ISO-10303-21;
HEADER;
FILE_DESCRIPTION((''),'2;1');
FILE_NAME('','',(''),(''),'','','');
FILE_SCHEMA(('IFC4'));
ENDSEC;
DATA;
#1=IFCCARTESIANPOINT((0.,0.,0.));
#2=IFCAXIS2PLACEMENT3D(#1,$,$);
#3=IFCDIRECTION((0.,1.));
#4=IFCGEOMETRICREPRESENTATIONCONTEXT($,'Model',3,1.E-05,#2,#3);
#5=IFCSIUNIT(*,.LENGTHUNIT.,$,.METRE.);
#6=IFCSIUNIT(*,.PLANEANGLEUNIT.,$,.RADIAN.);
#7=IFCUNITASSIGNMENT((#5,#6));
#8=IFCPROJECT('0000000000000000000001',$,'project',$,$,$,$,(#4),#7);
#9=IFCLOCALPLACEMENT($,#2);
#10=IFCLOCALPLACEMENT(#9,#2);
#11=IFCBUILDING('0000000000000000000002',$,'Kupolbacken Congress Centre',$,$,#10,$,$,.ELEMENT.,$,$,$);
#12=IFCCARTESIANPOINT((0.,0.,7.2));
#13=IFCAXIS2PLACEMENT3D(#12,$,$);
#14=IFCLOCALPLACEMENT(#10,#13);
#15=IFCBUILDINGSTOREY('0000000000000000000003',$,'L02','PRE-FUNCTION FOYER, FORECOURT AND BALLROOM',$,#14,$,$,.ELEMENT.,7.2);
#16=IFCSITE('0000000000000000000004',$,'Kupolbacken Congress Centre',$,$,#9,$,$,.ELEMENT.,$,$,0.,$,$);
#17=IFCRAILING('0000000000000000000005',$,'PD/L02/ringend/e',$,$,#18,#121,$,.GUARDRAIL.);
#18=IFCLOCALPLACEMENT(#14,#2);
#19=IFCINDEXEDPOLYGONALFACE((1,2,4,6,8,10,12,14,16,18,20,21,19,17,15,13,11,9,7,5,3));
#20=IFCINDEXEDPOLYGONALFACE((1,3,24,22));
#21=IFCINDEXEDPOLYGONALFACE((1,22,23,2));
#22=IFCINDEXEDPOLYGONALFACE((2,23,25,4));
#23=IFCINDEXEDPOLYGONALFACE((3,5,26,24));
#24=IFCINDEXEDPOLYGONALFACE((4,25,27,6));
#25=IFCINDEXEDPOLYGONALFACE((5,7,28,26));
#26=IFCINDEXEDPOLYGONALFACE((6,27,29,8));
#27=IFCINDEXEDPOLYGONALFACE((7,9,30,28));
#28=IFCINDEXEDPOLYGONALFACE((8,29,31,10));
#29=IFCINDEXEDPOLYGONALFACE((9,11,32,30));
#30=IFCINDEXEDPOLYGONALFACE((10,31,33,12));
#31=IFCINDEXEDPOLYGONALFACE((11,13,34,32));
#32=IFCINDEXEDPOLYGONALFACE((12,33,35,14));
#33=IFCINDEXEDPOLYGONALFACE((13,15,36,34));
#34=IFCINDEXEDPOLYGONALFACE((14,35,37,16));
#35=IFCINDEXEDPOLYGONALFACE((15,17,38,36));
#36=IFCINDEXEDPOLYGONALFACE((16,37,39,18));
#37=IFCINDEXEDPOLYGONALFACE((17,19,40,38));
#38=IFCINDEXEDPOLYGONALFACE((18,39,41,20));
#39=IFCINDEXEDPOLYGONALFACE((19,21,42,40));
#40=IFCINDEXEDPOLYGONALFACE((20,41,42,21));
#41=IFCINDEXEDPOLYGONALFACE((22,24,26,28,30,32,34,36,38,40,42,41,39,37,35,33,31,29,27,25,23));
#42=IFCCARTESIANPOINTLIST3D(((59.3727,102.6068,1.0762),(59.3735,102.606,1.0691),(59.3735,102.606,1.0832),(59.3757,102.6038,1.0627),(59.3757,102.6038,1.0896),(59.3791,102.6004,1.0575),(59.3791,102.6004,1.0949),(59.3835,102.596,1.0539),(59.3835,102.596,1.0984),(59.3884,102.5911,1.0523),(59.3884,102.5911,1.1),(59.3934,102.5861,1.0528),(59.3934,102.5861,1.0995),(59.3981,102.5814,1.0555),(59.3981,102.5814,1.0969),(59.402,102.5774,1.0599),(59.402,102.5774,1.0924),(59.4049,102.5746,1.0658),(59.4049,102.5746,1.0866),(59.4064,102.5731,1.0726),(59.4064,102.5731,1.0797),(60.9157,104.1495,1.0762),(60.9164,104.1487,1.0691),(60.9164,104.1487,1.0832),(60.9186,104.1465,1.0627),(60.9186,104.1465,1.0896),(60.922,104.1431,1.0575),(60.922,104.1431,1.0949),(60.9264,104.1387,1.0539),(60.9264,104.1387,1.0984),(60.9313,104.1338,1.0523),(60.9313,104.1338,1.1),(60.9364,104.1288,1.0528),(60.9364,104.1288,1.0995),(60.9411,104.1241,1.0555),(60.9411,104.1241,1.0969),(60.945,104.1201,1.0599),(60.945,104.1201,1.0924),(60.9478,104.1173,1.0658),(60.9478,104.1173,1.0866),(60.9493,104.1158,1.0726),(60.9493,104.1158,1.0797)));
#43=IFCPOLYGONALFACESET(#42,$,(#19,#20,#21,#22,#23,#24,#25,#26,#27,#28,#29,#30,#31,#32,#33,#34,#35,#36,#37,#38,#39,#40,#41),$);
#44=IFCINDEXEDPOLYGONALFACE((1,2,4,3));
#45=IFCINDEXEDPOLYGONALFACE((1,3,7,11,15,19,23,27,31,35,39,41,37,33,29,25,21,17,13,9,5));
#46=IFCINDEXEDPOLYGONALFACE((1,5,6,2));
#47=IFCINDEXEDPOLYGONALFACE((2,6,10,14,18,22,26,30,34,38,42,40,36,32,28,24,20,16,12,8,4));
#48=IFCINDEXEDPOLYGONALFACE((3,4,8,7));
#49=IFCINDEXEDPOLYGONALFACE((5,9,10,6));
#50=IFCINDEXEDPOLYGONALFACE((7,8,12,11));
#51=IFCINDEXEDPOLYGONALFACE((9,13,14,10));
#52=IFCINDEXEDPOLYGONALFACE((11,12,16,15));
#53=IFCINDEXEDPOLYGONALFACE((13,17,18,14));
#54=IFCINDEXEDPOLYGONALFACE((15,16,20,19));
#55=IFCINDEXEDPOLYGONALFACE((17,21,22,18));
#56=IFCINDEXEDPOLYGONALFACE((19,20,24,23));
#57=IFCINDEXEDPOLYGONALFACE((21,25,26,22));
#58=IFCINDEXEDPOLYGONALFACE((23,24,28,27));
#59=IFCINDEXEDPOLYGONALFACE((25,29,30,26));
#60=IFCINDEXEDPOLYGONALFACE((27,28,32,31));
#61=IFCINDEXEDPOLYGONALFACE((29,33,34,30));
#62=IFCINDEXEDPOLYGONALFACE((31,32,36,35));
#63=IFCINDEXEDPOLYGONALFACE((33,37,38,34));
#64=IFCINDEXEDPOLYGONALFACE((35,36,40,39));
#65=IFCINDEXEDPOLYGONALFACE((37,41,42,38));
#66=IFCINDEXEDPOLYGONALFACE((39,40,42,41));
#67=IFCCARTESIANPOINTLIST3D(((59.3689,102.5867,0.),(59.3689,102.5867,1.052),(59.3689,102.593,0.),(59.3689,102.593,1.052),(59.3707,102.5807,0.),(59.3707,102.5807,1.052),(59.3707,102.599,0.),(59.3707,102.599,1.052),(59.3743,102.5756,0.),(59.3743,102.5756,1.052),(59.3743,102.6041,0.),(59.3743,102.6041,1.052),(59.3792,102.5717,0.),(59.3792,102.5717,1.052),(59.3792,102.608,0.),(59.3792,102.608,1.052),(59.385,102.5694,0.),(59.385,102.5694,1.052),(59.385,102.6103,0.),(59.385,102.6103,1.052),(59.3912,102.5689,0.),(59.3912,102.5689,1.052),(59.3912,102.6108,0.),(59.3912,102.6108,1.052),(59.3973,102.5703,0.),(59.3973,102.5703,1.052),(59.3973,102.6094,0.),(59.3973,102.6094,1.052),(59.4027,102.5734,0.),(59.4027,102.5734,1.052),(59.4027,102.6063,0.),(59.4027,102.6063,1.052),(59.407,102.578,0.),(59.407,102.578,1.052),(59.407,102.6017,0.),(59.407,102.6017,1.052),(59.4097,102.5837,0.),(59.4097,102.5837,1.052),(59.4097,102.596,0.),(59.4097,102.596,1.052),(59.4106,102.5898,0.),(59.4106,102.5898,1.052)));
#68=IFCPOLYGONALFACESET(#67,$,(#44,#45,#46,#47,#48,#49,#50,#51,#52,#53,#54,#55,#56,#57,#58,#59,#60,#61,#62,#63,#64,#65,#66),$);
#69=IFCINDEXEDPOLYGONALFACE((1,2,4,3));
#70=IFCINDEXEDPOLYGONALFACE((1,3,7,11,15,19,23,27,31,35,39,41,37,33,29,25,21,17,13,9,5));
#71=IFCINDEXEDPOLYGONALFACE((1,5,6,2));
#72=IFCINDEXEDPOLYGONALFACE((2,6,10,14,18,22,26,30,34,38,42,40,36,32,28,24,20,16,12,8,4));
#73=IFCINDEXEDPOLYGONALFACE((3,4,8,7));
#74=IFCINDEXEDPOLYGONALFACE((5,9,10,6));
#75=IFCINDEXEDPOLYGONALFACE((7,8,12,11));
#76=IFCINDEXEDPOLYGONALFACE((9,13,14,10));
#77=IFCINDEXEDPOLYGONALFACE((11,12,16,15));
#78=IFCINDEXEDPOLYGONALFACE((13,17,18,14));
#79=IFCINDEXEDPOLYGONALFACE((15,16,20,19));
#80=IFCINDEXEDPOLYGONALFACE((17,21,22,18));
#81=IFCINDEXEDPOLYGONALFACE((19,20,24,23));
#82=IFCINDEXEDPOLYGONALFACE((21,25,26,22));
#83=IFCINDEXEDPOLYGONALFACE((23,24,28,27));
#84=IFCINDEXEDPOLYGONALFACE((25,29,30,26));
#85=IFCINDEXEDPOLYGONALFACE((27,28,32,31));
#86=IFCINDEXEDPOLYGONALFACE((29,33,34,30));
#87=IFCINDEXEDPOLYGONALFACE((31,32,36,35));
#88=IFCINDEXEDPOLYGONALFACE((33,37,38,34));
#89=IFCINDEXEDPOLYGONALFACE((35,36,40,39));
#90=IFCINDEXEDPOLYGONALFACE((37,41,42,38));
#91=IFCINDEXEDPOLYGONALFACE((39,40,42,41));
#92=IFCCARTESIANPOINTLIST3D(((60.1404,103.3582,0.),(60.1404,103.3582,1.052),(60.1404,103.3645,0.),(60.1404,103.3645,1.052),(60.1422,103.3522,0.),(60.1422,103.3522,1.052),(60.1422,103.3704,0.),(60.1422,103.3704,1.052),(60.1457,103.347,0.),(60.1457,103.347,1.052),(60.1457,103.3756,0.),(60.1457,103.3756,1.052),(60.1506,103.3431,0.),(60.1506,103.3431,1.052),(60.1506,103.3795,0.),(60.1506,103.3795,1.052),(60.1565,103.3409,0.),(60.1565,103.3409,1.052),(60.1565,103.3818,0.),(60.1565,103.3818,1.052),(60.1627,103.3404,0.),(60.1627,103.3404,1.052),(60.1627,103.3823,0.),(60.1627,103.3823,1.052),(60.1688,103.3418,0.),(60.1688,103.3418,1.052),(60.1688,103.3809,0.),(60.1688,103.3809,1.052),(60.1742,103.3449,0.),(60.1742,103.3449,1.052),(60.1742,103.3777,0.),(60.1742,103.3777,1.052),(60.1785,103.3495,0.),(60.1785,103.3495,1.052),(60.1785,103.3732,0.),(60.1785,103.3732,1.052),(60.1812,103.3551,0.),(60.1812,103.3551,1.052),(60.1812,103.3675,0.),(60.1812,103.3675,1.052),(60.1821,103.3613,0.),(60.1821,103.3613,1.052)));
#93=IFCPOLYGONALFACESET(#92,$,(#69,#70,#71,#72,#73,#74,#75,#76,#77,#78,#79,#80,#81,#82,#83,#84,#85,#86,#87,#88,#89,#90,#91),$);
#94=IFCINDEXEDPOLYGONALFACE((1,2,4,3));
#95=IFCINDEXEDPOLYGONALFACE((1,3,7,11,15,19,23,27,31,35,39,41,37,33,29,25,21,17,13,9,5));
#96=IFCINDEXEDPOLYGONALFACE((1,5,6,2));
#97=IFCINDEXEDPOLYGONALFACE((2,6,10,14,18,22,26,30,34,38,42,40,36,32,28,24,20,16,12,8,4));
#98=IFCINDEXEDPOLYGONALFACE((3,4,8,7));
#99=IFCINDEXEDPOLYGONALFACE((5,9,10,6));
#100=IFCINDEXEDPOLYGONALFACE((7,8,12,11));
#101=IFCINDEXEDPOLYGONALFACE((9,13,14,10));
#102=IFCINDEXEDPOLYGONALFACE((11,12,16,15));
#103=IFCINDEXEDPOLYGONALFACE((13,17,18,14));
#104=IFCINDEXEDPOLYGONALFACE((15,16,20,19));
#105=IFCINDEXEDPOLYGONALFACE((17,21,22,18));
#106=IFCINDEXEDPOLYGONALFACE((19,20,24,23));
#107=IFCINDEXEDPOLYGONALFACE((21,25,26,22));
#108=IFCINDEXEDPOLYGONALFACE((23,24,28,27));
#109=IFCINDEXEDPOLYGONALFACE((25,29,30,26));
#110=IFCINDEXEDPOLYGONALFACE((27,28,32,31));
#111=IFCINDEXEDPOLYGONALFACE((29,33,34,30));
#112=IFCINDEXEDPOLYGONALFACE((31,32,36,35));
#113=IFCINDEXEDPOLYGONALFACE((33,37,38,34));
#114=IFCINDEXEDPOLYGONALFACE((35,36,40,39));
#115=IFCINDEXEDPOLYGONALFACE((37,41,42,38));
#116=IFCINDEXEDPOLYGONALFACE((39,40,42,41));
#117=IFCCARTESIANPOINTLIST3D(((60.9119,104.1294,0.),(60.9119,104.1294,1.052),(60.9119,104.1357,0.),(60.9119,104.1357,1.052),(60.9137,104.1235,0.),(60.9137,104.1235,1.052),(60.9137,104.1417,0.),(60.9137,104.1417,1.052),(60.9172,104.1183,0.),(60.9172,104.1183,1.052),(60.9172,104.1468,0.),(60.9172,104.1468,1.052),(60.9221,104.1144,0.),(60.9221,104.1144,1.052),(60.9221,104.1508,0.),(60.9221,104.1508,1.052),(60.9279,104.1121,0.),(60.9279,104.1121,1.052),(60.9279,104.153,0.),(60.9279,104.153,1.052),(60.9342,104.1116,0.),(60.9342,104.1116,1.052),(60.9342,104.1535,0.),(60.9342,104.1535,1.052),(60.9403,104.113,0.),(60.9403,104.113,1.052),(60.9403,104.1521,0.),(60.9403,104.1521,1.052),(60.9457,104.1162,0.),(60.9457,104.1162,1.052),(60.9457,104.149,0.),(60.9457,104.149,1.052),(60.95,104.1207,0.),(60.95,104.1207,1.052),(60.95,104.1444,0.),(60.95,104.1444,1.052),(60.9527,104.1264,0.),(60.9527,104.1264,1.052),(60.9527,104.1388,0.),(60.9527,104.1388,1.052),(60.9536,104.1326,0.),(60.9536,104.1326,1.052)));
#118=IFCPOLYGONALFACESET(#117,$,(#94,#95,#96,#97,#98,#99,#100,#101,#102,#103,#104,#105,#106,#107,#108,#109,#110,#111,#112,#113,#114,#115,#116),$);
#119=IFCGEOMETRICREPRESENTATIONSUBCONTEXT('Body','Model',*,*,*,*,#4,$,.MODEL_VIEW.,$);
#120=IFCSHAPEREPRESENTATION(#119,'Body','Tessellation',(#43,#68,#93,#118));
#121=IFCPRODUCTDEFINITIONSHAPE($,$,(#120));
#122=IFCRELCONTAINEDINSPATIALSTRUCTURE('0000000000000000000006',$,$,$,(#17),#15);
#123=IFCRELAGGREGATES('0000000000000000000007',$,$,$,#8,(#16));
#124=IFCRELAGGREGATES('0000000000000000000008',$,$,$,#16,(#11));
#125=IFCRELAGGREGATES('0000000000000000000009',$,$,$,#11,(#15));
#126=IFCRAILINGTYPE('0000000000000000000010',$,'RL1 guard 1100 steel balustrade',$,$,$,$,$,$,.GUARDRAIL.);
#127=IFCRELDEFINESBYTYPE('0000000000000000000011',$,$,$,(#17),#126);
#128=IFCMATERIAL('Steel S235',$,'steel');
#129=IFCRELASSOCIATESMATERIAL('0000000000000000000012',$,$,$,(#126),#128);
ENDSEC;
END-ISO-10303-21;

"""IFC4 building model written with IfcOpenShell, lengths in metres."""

from ifc_helpers import new_model, si_unit, direction, frame, origin, origin_2d, place, context, subcontext, project, spatial, circle, extrude, material, type_object, element, save


model = new_model("IFC4")

# Units and contexts
model_context = context("Model", 3, precision=1e-05, world=origin(), true_north=direction((0.0, 1.0)))
body_context = subcontext(model_context, "Body", "Model", "MODEL_VIEW")
ifc_project = project(units=[si_unit("LENGTHUNIT", "METRE"), si_unit("PLANEANGLEUNIT", "RADIAN")], contexts=[model_context])

# Site, building, storey
site_placement = place(None, origin())
site = spatial("IfcSite", under=ifc_project, at=site_placement, Name="Kupolbacken Congress Centre", CompositionType="ELEMENT", RefElevation=0.0)
building_placement = place(site_placement, origin())
building = spatial("IfcBuilding", under=site, at=building_placement, Name="Kupolbacken Congress Centre", CompositionType="ELEMENT")
storey_placement = place(building_placement, frame((0.0, 0.0, 7.2)))
storey = spatial("IfcBuildingStorey", under=building, at=storey_placement, Name="L02", Description="PRE-FUNCTION FOYER, FORECOURT AND BALLROOM", CompositionType="ELEMENT", Elevation=7.2)

# Railing
ifc_material_1 = material(Name="Steel S235", Category="steel")
railing_type = type_object("IfcRailingType", Name="RL1 guard 1100 steel balustrade", PredefinedType="GUARDRAIL", material=ifc_material_1)
railing_1_placement = place(storey_placement, frame((59.3896, 102.5898, 0.0)))
element("IfcRailing", 1, at=railing_1_placement, inside=storey, type_object=railing_type, Name="PD/L02/ringend/e", PredefinedType="GUARDRAIL", context=body_context, shape_type="SweptSolid", body=[
    extrude(circle(Radius=0.0239, at=origin_2d()), frame((0.0, 0.0, 1.0762), z_axis=(0.707163, 0.707051, 0.0), x_axis=(-0.707051, 0.707163, 0.0)), (0.0, 0.0, 1.0), 2.1819),
    extrude(circle(Radius=0.021, at=origin_2d()), origin(), (0.0, 0.0, 1.0), 1.052),
    extrude(circle(Radius=0.021, at=origin_2d()), frame((0.7715, 0.7715, 0.0)), (0.0, 0.0, 1.0), 1.052),
    extrude(circle(Radius=0.021, at=origin_2d()), frame((1.543, 1.5427, 0.0)), (0.0, 0.0, 1.0), 1.052),
])

save(model, "model.ifc")
